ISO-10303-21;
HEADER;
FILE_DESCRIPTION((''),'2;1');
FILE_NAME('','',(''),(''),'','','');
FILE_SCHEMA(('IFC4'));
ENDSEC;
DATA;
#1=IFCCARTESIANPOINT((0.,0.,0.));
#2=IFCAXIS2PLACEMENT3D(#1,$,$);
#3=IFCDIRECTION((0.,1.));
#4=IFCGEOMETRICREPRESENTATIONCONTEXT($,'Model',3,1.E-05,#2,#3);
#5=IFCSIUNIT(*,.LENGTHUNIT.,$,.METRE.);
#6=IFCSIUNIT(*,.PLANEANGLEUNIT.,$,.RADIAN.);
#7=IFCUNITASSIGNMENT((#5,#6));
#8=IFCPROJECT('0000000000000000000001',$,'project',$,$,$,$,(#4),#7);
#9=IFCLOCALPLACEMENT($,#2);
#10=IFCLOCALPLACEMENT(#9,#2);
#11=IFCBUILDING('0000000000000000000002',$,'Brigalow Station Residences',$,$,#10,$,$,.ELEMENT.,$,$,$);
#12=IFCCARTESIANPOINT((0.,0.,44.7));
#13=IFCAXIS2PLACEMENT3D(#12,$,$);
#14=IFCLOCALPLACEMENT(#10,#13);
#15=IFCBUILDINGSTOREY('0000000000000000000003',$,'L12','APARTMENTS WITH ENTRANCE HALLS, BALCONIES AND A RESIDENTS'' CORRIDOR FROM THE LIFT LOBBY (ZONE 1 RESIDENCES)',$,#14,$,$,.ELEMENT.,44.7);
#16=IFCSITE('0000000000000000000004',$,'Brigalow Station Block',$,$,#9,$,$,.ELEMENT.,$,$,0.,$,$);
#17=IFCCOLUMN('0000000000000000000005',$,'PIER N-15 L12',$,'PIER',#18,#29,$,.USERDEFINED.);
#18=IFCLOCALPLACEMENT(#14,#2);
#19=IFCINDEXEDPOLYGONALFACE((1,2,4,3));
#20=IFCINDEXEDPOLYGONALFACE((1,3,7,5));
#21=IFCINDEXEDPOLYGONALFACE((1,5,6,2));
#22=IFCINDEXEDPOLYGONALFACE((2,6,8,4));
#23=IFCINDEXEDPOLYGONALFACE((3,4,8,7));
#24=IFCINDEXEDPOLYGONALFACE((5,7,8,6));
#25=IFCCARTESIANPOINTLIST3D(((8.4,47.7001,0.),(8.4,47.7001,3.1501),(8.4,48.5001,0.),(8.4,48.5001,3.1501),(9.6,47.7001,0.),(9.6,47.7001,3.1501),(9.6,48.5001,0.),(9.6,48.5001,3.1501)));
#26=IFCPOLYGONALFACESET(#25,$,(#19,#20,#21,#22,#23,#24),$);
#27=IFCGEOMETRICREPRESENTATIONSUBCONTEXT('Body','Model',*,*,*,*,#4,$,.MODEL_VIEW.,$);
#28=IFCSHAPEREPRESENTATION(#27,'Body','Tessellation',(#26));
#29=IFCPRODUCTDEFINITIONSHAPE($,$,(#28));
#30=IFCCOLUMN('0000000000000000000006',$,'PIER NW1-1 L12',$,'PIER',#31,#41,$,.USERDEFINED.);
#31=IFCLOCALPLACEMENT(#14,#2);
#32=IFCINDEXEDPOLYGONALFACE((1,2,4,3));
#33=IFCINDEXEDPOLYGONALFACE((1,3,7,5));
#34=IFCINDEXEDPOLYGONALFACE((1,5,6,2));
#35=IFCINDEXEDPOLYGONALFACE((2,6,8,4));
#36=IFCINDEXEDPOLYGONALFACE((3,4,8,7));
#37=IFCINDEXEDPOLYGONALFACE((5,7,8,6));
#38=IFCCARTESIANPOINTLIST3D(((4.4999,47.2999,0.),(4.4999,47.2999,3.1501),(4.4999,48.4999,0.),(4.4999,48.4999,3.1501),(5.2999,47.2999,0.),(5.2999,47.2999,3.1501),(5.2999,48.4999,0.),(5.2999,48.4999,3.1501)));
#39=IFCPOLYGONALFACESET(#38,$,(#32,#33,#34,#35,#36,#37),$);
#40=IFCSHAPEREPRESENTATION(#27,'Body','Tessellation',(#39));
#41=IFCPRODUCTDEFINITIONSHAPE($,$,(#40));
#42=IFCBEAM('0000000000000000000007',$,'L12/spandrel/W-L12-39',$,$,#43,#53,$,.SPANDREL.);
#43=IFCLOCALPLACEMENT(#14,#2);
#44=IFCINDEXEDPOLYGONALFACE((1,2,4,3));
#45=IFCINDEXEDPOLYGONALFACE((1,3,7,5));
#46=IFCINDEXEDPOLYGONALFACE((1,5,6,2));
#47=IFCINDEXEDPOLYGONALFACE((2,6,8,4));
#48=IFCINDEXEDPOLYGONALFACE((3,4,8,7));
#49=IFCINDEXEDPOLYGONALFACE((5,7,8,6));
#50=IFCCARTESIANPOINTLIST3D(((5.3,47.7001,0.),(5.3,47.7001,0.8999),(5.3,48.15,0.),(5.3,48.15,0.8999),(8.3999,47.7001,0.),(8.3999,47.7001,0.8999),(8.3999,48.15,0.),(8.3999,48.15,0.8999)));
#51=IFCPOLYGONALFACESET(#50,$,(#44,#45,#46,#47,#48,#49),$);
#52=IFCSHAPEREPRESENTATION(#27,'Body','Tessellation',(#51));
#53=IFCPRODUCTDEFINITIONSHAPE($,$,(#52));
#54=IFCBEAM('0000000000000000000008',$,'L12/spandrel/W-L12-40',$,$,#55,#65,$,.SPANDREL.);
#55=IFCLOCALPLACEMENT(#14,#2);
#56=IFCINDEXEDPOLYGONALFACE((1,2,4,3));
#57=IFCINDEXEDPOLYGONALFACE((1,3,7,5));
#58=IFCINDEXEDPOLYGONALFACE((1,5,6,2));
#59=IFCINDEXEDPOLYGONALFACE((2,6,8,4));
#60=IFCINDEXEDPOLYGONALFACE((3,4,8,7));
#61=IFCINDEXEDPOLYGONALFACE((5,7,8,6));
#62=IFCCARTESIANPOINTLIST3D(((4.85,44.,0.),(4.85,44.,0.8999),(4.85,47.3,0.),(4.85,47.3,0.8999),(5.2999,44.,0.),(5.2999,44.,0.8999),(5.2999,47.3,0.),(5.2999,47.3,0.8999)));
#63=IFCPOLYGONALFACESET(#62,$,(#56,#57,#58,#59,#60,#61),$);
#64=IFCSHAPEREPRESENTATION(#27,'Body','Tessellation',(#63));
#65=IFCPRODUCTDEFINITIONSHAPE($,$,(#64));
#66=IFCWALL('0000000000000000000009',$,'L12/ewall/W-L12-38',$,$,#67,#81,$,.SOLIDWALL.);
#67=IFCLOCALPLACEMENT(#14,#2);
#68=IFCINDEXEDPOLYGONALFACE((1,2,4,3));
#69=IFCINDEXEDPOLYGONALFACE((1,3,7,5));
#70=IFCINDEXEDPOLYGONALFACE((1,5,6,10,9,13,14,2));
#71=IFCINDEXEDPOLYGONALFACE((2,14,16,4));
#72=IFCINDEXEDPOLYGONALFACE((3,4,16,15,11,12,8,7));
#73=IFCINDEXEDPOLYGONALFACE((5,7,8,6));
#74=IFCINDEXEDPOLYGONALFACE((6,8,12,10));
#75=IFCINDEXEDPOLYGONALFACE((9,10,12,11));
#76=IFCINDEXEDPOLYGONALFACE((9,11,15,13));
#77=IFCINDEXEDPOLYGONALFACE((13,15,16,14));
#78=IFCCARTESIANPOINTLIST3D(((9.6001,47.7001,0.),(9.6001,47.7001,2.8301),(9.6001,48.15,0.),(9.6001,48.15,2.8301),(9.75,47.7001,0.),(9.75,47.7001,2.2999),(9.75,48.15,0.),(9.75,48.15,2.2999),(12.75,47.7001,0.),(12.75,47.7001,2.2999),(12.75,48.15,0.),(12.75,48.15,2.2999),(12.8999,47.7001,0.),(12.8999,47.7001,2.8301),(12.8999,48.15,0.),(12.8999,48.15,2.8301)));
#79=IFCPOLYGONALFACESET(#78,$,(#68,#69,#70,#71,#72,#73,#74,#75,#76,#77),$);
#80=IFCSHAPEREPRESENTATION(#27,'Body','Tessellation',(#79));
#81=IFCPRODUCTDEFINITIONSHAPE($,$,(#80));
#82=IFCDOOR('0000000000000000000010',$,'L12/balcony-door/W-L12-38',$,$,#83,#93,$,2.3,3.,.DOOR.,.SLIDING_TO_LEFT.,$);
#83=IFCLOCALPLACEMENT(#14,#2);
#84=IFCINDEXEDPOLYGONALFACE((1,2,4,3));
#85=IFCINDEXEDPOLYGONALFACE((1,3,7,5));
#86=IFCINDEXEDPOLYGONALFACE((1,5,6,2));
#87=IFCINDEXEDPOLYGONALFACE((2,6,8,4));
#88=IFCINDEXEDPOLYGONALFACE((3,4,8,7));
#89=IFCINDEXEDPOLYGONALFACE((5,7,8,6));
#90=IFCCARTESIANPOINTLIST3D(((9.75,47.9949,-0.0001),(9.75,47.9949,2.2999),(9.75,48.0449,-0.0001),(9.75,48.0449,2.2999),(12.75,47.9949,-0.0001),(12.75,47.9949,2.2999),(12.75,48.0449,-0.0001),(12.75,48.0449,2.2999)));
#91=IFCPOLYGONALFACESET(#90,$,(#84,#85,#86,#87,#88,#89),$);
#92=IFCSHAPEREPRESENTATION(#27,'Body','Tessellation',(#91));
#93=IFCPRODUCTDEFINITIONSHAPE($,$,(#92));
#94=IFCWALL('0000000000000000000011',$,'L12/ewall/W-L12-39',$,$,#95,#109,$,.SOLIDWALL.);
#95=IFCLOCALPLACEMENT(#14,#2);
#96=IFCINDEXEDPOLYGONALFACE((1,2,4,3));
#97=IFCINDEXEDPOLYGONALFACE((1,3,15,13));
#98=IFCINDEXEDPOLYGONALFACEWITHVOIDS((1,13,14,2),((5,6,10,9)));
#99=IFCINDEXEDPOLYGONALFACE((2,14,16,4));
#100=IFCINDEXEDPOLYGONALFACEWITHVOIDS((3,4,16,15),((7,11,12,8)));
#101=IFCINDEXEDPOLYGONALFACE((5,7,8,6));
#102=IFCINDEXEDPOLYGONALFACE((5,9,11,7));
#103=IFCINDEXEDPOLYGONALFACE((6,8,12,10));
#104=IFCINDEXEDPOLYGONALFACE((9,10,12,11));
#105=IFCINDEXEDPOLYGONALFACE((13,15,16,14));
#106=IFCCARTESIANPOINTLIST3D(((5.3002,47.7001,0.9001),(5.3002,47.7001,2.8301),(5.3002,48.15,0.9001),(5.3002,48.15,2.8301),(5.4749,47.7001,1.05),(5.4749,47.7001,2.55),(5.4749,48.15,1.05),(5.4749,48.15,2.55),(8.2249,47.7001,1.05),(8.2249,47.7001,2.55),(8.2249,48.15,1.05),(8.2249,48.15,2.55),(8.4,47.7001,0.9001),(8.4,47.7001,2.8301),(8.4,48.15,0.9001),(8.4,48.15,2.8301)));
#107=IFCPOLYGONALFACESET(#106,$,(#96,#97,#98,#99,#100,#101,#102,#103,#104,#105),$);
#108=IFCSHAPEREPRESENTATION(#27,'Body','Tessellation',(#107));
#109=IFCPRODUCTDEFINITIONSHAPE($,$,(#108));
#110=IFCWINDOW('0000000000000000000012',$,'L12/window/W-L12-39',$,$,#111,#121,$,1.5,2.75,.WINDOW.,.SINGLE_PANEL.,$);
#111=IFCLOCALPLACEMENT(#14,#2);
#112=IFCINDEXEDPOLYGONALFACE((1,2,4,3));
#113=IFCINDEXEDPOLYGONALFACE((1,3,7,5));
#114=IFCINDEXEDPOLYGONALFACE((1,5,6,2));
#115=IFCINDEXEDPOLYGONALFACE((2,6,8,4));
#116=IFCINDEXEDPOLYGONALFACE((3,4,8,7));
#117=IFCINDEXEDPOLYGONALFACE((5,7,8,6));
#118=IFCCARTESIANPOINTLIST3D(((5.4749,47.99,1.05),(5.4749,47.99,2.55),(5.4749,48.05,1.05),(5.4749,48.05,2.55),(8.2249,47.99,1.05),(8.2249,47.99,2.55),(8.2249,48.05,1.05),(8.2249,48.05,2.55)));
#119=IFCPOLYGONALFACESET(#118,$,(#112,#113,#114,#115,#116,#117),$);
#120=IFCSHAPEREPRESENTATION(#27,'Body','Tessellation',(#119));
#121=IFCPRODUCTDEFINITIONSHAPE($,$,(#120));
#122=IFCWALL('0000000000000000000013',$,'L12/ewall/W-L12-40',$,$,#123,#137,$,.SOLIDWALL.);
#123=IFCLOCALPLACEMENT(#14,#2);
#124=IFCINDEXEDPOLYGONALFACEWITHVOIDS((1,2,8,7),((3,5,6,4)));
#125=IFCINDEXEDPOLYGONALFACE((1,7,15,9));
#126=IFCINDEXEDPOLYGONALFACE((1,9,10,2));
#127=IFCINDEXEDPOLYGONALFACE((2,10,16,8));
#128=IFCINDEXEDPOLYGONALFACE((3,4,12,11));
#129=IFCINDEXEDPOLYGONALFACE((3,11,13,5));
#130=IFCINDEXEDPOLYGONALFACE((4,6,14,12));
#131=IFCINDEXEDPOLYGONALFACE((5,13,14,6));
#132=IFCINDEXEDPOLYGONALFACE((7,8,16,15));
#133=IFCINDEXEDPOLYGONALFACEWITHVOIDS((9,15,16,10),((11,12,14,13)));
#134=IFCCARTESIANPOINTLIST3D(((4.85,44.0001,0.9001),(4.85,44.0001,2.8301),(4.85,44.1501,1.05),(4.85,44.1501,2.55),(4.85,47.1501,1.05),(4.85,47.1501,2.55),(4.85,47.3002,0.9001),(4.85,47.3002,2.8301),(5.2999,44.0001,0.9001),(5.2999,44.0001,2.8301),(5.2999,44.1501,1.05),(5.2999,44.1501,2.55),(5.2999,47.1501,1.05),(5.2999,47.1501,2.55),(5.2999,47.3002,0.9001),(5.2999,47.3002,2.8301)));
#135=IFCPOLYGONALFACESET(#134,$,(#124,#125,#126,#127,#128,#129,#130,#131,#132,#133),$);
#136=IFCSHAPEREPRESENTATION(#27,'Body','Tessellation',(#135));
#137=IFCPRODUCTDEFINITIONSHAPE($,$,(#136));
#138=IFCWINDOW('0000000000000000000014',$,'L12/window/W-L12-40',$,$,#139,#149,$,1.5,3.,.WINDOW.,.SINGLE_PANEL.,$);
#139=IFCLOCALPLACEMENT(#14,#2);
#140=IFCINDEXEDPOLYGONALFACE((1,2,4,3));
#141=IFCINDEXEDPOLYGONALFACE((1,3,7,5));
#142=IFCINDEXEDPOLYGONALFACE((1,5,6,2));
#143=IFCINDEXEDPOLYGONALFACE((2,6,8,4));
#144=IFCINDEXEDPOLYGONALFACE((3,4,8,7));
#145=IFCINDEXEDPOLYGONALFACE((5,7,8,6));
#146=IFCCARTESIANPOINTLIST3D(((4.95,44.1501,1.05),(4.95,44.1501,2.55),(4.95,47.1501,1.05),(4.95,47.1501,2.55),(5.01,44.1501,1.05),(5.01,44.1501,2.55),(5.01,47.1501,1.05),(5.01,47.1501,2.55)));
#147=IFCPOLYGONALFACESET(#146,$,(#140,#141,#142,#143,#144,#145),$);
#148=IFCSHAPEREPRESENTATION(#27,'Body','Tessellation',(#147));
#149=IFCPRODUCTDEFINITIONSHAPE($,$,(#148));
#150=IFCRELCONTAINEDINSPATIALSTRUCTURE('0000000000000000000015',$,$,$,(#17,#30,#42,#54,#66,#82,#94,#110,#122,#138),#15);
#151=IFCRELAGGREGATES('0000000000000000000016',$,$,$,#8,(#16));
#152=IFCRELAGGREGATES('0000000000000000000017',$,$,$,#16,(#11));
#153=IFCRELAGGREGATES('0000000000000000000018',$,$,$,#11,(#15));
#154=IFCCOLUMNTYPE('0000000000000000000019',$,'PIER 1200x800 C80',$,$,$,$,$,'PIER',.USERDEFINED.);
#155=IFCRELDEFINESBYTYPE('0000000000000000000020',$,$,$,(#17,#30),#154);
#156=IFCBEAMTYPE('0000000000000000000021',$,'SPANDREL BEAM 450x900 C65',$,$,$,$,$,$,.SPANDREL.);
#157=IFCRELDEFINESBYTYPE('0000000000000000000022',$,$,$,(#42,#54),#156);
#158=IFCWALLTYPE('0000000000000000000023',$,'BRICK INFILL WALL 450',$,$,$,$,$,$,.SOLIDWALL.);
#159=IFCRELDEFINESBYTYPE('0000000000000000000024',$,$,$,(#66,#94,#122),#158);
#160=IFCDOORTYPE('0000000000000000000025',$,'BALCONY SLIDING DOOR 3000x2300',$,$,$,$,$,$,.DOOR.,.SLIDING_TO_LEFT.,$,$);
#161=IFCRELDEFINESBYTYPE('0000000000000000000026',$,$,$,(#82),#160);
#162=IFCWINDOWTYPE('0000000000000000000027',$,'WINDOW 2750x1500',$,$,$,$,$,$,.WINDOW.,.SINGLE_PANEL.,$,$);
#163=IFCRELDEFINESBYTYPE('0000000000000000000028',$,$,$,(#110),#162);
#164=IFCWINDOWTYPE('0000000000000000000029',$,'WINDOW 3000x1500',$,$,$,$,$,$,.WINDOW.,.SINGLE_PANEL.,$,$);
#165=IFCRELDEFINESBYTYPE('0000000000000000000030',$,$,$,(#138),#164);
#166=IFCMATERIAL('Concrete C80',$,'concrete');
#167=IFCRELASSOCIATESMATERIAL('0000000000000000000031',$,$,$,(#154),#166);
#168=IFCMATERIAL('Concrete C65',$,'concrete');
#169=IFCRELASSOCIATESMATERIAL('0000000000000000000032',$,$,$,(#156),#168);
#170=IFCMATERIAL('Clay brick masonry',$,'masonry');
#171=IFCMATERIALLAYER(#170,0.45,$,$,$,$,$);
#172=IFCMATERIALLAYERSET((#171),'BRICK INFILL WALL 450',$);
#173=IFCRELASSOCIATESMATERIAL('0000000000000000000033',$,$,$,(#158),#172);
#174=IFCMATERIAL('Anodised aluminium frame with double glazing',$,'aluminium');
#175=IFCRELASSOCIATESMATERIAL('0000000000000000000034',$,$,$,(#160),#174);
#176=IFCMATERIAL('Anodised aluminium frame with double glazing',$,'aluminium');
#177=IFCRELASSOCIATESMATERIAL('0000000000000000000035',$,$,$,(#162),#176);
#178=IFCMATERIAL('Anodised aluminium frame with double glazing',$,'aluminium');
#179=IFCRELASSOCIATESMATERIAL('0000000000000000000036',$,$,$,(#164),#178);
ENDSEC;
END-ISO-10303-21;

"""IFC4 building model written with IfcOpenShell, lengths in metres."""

from ifc_helpers import new_model, si_unit, direction, frame, frame_2d, origin, origin_2d, place, context, subcontext, project, spatial, rectangle, extrude, material, layer, layer_set, material_profile, profile_set, type_object, element, fill, save


model = new_model("IFC4")

# Units and contexts
model_context = context("Model", 3, precision=1e-05, world=origin(), true_north=direction((0.0, 1.0)))
body_context = subcontext(model_context, "Body", "Model", "MODEL_VIEW")
ifc_project = project(units=[si_unit("LENGTHUNIT", "METRE"), si_unit("PLANEANGLEUNIT", "RADIAN")], contexts=[model_context])

# Site, building, storey
site_placement = place(None, origin())
site = spatial("IfcSite", under=ifc_project, at=site_placement, Name="Brigalow Station Block", CompositionType="ELEMENT", RefElevation=0.0)
building_placement = place(site_placement, origin())
building = spatial("IfcBuilding", under=site, at=building_placement, Name="Brigalow Station Residences", CompositionType="ELEMENT")
storey_placement = place(building_placement, frame((0.0, 0.0, 44.7)))
storey = spatial("IfcBuildingStorey", under=building, at=storey_placement, Name="L12", Description="APARTMENTS WITH ENTRANCE HALLS, BALCONIES AND A RESIDENTS' CORRIDOR FROM THE LIFT LOBBY (ZONE 1 RESIDENCES)", CompositionType="ELEMENT", Elevation=44.7)

# Columns
ifc_material_1 = material(Name="Concrete C80", Category="concrete")
ifc_material_profile_1 = material_profile(ifc_material_1, rectangle(XDim=1.2, YDim=0.8, at=origin_2d()), Name="RC1200x800")
ifc_profile_set_1 = profile_set([ifc_material_profile_1], Name="Concrete C80")
column_type = type_object("IfcColumnType", Name="PIER 1200x800 C80", ElementType="PIER", PredefinedType="USERDEFINED", material=ifc_profile_set_1)
for number, where, z_axis, x_axis, name in (
    (1, (9.0, 48.1001, 0.0), (0.0, 0.0, 1.0), (-1.0, 0.0, 0.0), "PIER N-15 L12"),
    (2, (4.8999, 47.8999, 0.0), (0.0, 0.0, 1.0), (0.0, -1.0, 0.0), "PIER NW1-1 L12"),
):
    element("IfcColumn", number, at=place(storey_placement, frame(where, z_axis=z_axis, x_axis=x_axis)), inside=storey, type_object=column_type, Name=name, ObjectType="PIER", PredefinedType="USERDEFINED", context=body_context, shape_type="SweptSolid", body=[
        extrude(rectangle(XDim=1.2, YDim=0.8, at=origin_2d()), origin(), (0.0, 0.0, 1.0), 3.1501),
    ])

# Beams
ifc_material_2 = material(Name="Concrete C65", Category="concrete")
ifc_material_profile_2 = material_profile(ifc_material_2, rectangle(XDim=0.45, YDim=0.8999, at=origin_2d()), Name="RC450x900")
ifc_profile_set_2 = profile_set([ifc_material_profile_2], Name="Concrete C65")
beam_type = type_object("IfcBeamType", Name="SPANDREL BEAM 450x900 C65", PredefinedType="SPANDREL", material=ifc_profile_set_2)
beam_1_placement = place(storey_placement, frame((8.3999, 47.925, 0.45), z_axis=(-1.0, 0.0, 0.0), x_axis=(0.0, -1.0, 0.0)))
element("IfcBeam", 3, at=beam_1_placement, inside=storey, type_object=beam_type, Name="L12/spandrel/W-L12-39", PredefinedType="SPANDREL", context=body_context, shape_type="SweptSolid", body=[
    extrude(rectangle(XDim=0.45, YDim=0.8999, at=origin_2d()), origin(), (0.0, 0.0, 1.0), 3.0999),
])
beam_2_placement = place(storey_placement, frame((5.075, 47.3, 0.45), z_axis=(0.0, -1.0, 0.0), x_axis=(1.0, 0.0, 0.0)))
element("IfcBeam", 4, at=beam_2_placement, inside=storey, type_object=beam_type, Name="L12/spandrel/W-L12-40", PredefinedType="SPANDREL", context=body_context, shape_type="SweptSolid", body=[
    extrude(rectangle(XDim=0.45, YDim=0.8999, at=origin_2d()), origin(), (0.0, 0.0, 1.0), 3.3),
])

# Wall, opening, door
ifc_material_3 = material(Name="Clay brick masonry", Category="masonry")
ifc_layer_1 = layer(ifc_material_3, 0.45)
ifc_layer_set_1 = layer_set([ifc_layer_1], Name="BRICK INFILL WALL 450")
wall_type_1 = type_object("IfcWallType", Name="BRICK INFILL WALL 450", PredefinedType="SOLIDWALL", material=ifc_layer_set_1)
wall_1_placement = place(storey_placement, frame((12.8999, 47.925, 0.0), z_axis=(0.0, 0.0, 1.0), x_axis=(-1.0, 0.0, 0.0)))
wall_1 = element("IfcWall", 5, at=wall_1_placement, inside=storey, type_object=wall_type_1, Name="L12/ewall/W-L12-38", PredefinedType="SOLIDWALL", context=body_context, shape_type="SweptSolid", body=[
    extrude(rectangle(XDim=3.2998, YDim=0.45, at=frame_2d((1.6499, 0.0))), origin(), (0.0, 0.0, 1.0), 2.8301),
])
opening_1_placement = place(wall_1_placement, frame((0.1499, 0.0, 0.0)))
opening_1 = element("IfcOpeningElement", 6, at=opening_1_placement, cuts=wall_1, PredefinedType="OPENING", context=body_context, shape_type="SweptSolid", body=[
    extrude(rectangle(XDim=3.0, YDim=2.3, at=frame_2d((1.5, 1.1499))), frame((0.0, 0.2349, 0.0), z_axis=(0.0, -1.0, 0.0), x_axis=(1.0, 0.0, 0.0)), (0.0, 0.0, 1.0), 0.47),
])
ifc_material_4 = material(Name="Anodised aluminium frame with double glazing", Category="aluminium")
door_type_1 = type_object("IfcDoorType", Name="BALCONY SLIDING DOOR 3000x2300", OperationType="SLIDING_TO_LEFT", PredefinedType="DOOR", material=ifc_material_4)
door_1_placement = place(opening_1_placement, origin())
door_1 = element("IfcDoor", 7, at=door_1_placement, inside=storey, type_object=door_type_1, Name="L12/balcony-door/W-L12-38", OperationType="SLIDING_TO_LEFT", OverallHeight=2.3, OverallWidth=3.0, PredefinedType="DOOR", context=body_context, shape_type="SweptSolid", body=[
    extrude(rectangle(XDim=3.0, YDim=2.3, at=frame_2d((1.5, 1.1499))), frame((0.0, -0.0698, 0.0), z_axis=(0.0, -1.0, 0.0), x_axis=(1.0, 0.0, 0.0)), (0.0, 0.0, 1.0), 0.05),
])
fill(opening_1, door_1)

# Walls, openings, windows
wall_2_placement = place(storey_placement, frame((8.3999, 47.925, 0.9001), z_axis=(0.0, 0.0, 1.0), x_axis=(-1.0, 0.0, 0.0)))
wall_2 = element("IfcWall", 8, at=wall_2_placement, inside=storey, type_object=wall_type_1, Name="L12/ewall/W-L12-39", PredefinedType="SOLIDWALL", context=body_context, shape_type="SweptSolid", body=[
    extrude(rectangle(XDim=3.0999, YDim=0.45, at=frame_2d((1.5498, 0.0))), origin(), (0.0, 0.0, 1.0), 1.9299),
])
opening_2_placement = place(wall_2_placement, frame((0.175, 0.0, 0.1499)))
opening_2 = element("IfcOpeningElement", 9, at=opening_2_placement, cuts=wall_2, PredefinedType="OPENING", context=body_context, shape_type="SweptSolid", body=[
    extrude(rectangle(XDim=2.75, YDim=1.5, at=frame_2d((1.375, 0.75))), frame((0.0, 0.2349, 0.0), z_axis=(0.0, -1.0, 0.0), x_axis=(1.0, 0.0, 0.0)), (0.0, 0.0, 1.0), 0.47),
])
ifc_material_5 = material(Name="Anodised aluminium frame with double glazing", Category="aluminium")
window_type_1 = type_object("IfcWindowType", Name="WINDOW 2750x1500", PartitioningType="SINGLE_PANEL", PredefinedType="WINDOW", material=ifc_material_5)
window_1_placement = place(opening_2_placement, origin())
window_1 = element("IfcWindow", 10, at=window_1_placement, inside=storey, type_object=window_type_1, Name="L12/window/W-L12-39", OverallHeight=1.5, OverallWidth=2.75, PartitioningType="SINGLE_PANEL", PredefinedType="WINDOW", context=body_context, shape_type="SweptSolid", body=[
    extrude(rectangle(XDim=2.75, YDim=1.5, at=frame_2d((1.375, 0.75))), frame((0.0, -0.0649, 0.0), z_axis=(0.0, -1.0, 0.0), x_axis=(1.0, 0.0, 0.0)), (0.0, 0.0, 1.0), 0.0601),
])
fill(opening_2, window_1)
wall_3_placement = place(storey_placement, frame((5.075, 47.3, 0.9001), z_axis=(0.0, 0.0, 1.0), x_axis=(0.0, -1.0, 0.0)))
wall_3 = element("IfcWall", 11, at=wall_3_placement, inside=storey, type_object=wall_type_1, Name="L12/ewall/W-L12-40", PredefinedType="SOLIDWALL", context=body_context, shape_type="SweptSolid", body=[
    extrude(rectangle(XDim=3.3, YDim=0.45, at=frame_2d((1.6499, 0.0))), origin(), (0.0, 0.0, 1.0), 1.9299),
])
opening_3_placement = place(wall_3_placement, frame((0.1499, 0.0, 0.1499)))
opening_3 = element("IfcOpeningElement", 12, at=opening_3_placement, cuts=wall_3, PredefinedType="OPENING", context=body_context, shape_type="SweptSolid", body=[
    extrude(rectangle(XDim=3.0, YDim=1.5, at=frame_2d((1.5, 0.75))), frame((0.0, 0.2349, 0.0), z_axis=(0.0, -1.0, 0.0), x_axis=(1.0, 0.0, 0.0)), (0.0, 0.0, 1.0), 0.47),
])
ifc_material_6 = material(Name="Anodised aluminium frame with double glazing", Category="aluminium")
window_type_2 = type_object("IfcWindowType", Name="WINDOW 3000x1500", PartitioningType="SINGLE_PANEL", PredefinedType="WINDOW", material=ifc_material_6)
window_2_placement = place(opening_3_placement, origin())
window_2 = element("IfcWindow", 13, at=window_2_placement, inside=storey, type_object=window_type_2, Name="L12/window/W-L12-40", OverallHeight=1.5, OverallWidth=3.0, PartitioningType="SINGLE_PANEL", PredefinedType="WINDOW", context=body_context, shape_type="SweptSolid", body=[
    extrude(rectangle(XDim=3.0, YDim=1.5, at=frame_2d((1.5, 0.75))), frame((0.0, -0.0649, 0.0), z_axis=(0.0, -1.0, 0.0), x_axis=(1.0, 0.0, 0.0)), (0.0, 0.0, 1.0), 0.0601),
])
fill(opening_3, window_2)

save(model, "model.ifc")
